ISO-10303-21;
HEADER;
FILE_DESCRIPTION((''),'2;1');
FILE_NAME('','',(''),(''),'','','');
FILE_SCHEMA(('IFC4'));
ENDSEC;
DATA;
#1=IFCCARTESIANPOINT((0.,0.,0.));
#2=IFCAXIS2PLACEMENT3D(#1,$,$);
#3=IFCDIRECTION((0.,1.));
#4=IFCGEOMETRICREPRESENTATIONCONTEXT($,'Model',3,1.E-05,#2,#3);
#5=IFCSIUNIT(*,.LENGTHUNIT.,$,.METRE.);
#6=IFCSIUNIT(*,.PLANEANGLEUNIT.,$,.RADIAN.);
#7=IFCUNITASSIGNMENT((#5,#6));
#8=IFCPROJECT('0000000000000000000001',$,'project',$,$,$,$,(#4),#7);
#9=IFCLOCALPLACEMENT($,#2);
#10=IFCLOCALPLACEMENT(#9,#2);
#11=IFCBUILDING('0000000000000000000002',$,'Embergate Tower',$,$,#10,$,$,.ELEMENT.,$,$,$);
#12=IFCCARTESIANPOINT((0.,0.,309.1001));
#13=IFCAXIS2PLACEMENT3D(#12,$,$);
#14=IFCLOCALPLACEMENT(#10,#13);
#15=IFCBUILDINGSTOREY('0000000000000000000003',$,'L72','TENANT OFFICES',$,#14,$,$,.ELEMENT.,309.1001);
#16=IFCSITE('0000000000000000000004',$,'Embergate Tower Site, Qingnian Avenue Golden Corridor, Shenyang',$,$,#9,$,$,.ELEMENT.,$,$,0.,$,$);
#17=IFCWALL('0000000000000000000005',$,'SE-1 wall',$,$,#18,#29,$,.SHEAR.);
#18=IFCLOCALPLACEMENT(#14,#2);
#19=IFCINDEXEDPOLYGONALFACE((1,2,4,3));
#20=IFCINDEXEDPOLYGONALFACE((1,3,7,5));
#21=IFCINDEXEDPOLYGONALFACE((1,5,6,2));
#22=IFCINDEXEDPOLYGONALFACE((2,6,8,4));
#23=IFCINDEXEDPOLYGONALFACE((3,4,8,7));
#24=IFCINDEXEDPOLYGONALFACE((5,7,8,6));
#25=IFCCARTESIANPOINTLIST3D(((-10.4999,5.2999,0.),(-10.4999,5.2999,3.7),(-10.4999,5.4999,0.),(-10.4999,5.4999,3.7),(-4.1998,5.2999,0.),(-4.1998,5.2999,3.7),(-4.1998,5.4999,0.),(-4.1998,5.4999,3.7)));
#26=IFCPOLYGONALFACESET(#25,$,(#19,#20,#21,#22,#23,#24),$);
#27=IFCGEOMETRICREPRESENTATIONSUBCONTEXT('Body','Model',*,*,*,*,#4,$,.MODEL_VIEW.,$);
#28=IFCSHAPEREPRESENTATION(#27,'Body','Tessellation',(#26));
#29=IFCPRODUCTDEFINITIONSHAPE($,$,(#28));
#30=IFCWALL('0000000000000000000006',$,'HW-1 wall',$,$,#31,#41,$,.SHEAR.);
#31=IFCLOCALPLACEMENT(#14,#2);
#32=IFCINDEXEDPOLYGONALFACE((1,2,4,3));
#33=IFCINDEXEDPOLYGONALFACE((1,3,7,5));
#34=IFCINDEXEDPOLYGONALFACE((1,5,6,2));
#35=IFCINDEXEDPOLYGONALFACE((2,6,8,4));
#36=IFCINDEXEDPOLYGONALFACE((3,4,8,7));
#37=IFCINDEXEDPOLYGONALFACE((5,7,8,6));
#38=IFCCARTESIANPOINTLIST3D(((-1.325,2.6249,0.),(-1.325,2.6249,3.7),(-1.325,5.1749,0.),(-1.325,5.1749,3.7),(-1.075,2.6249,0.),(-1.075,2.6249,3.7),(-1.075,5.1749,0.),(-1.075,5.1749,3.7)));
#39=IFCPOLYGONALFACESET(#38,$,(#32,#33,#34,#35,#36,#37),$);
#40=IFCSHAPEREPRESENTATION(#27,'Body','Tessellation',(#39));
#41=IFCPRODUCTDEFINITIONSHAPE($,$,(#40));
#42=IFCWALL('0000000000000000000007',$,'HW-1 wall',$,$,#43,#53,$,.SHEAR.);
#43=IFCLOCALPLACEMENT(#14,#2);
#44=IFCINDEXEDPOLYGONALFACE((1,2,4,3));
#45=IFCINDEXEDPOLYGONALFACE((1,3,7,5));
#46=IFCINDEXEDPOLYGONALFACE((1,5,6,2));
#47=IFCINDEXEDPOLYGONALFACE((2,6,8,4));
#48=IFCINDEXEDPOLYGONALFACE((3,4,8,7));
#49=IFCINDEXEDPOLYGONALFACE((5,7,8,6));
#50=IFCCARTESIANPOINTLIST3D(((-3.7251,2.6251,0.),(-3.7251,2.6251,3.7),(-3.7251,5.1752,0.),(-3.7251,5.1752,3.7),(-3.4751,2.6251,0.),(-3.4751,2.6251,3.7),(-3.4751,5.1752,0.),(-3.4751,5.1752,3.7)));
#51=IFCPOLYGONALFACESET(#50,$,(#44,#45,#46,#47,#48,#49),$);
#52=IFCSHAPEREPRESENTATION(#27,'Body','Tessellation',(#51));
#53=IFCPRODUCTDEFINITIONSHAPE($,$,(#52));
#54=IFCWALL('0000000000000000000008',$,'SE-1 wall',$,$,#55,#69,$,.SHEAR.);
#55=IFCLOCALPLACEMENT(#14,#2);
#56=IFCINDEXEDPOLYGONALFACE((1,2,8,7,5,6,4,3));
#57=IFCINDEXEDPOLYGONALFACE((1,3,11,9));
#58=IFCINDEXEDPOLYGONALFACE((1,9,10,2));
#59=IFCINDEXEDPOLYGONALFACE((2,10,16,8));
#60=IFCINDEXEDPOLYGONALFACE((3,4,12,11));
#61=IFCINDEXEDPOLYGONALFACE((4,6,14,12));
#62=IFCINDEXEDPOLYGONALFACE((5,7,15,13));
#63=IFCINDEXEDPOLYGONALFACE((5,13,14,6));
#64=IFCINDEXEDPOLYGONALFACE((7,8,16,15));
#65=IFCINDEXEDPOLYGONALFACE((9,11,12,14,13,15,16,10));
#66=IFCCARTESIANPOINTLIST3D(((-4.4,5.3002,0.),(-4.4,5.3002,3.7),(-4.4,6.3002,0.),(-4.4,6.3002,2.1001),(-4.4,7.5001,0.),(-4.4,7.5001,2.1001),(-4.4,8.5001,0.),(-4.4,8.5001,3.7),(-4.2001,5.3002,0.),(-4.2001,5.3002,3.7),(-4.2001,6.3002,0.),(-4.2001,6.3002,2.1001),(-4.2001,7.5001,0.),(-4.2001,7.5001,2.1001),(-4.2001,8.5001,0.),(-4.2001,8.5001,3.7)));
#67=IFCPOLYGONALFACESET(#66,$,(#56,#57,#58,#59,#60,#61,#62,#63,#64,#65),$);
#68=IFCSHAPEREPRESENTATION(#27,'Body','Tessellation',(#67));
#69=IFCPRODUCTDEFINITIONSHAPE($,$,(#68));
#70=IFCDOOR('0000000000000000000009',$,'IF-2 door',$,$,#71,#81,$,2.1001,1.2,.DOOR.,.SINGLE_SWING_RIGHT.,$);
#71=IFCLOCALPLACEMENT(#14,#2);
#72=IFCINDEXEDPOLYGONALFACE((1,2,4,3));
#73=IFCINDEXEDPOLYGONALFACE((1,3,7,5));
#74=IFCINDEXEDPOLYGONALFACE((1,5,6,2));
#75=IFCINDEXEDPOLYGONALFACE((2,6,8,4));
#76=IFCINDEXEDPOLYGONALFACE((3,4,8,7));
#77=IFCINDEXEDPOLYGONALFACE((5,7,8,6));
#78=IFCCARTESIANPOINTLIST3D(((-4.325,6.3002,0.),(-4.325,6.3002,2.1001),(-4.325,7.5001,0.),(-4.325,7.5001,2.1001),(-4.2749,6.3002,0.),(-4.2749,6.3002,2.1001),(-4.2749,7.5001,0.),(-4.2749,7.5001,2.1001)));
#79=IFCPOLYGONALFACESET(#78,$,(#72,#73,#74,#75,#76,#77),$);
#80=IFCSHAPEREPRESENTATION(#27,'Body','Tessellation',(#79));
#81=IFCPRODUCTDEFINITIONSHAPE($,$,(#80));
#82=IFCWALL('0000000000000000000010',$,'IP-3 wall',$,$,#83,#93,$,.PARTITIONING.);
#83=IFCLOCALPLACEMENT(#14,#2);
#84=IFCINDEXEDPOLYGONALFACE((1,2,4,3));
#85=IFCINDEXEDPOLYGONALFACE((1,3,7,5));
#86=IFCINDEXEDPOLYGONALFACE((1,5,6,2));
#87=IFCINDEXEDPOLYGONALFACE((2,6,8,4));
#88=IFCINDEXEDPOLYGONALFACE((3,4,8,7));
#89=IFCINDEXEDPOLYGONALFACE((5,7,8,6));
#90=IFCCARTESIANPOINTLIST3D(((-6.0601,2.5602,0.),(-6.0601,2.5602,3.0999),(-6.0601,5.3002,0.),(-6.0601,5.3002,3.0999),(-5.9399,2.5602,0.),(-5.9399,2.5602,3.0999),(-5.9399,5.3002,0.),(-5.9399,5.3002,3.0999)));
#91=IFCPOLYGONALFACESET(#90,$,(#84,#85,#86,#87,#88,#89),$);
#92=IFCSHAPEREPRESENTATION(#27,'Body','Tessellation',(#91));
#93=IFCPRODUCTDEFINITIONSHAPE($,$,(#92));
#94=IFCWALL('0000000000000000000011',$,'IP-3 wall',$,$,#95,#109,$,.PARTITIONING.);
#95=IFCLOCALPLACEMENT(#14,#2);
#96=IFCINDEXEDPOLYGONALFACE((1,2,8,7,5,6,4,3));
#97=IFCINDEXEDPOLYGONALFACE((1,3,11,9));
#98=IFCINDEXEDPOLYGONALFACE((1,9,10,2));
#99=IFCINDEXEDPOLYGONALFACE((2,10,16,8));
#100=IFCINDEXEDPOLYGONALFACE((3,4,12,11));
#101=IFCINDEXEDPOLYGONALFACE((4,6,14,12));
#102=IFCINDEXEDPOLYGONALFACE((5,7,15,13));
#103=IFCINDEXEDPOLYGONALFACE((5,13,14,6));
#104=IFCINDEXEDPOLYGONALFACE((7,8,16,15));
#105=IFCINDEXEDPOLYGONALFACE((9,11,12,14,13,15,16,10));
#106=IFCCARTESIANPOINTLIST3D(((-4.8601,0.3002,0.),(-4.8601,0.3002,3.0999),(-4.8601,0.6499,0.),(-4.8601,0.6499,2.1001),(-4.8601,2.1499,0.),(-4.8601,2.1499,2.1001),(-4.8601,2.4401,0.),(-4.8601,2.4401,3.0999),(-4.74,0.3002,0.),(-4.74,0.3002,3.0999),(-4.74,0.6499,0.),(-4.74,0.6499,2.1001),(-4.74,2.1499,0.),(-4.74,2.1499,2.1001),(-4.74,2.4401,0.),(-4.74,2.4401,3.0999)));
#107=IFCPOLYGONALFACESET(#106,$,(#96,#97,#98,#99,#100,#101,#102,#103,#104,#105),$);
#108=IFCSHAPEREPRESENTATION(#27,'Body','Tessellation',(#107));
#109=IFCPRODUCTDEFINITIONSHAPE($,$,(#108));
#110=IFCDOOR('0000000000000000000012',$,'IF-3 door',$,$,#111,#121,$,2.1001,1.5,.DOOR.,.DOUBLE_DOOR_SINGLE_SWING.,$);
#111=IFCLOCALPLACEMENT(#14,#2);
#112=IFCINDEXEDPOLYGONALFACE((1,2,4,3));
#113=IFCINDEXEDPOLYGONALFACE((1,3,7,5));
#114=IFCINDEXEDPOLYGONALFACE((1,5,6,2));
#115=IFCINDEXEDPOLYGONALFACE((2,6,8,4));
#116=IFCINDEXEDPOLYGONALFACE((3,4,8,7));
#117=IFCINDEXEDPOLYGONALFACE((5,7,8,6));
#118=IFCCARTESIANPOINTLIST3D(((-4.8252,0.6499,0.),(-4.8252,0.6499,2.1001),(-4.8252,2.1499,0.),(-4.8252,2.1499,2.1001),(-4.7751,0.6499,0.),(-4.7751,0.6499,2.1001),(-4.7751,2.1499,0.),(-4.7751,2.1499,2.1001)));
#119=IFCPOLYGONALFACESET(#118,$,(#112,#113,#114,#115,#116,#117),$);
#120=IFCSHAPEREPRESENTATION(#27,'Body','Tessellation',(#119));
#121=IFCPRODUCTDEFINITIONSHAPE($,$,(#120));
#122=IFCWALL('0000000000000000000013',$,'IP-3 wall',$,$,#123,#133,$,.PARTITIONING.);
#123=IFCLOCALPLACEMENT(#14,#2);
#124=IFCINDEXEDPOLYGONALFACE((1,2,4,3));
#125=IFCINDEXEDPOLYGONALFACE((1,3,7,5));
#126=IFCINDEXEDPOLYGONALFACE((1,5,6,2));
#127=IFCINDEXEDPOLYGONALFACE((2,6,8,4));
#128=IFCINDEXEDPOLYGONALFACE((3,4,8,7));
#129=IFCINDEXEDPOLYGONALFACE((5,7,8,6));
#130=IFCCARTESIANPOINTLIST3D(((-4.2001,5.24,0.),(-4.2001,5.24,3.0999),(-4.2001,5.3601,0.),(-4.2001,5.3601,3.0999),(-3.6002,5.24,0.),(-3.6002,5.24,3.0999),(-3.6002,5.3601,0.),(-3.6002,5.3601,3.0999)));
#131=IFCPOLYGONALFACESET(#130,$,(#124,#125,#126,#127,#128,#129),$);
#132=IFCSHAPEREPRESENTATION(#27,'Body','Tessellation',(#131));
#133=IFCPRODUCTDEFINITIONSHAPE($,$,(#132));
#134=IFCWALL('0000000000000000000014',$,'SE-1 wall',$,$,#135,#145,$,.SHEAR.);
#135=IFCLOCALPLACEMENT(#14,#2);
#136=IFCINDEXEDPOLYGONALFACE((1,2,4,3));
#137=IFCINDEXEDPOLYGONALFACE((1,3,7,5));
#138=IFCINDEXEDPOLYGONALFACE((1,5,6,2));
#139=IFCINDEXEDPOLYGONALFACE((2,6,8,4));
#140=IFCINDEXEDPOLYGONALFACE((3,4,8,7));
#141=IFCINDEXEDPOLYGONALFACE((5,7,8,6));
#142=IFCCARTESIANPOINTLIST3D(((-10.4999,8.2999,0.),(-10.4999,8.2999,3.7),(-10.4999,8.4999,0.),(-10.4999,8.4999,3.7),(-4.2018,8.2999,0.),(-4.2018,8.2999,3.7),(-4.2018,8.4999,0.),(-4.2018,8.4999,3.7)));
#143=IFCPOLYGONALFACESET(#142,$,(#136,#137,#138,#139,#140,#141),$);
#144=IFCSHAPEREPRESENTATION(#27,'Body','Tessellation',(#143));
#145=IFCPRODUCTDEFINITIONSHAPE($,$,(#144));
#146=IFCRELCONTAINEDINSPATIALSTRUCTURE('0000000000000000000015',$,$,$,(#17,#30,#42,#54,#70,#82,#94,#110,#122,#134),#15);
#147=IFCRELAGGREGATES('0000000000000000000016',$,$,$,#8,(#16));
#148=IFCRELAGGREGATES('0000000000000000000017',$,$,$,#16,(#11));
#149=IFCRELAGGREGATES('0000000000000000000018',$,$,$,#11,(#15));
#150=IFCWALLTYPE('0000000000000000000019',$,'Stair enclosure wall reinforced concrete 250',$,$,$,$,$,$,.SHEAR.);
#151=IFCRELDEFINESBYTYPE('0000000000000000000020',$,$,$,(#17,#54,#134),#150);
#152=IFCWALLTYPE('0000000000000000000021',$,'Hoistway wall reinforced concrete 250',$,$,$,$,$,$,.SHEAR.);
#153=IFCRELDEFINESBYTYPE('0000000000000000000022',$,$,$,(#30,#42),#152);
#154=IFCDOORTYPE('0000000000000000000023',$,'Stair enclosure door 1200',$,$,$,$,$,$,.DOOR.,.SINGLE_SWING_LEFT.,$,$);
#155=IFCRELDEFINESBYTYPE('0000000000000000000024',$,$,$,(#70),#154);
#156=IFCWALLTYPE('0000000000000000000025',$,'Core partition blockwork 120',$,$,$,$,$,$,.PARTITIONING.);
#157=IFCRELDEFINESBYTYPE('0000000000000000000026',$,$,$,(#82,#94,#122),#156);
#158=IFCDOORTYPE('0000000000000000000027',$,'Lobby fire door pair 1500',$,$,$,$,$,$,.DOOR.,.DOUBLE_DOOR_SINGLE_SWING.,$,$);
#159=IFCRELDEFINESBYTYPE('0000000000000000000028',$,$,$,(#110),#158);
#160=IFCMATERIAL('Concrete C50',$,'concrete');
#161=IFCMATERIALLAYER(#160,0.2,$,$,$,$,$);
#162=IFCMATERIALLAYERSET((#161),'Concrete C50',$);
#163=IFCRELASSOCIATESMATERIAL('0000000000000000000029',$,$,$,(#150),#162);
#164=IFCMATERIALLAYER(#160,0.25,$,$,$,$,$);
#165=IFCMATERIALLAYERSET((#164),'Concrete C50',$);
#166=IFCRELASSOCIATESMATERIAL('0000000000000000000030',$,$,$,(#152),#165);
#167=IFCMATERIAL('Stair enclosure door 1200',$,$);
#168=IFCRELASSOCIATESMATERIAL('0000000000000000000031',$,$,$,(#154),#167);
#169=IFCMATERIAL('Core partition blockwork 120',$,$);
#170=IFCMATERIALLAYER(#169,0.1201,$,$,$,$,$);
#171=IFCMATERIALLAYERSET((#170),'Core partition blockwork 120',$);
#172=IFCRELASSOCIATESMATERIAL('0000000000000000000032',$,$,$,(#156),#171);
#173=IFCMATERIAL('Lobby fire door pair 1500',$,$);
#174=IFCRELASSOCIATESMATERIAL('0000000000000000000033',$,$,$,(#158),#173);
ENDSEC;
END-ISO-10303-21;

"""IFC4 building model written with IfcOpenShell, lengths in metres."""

from ifc_helpers import new_model, si_unit, direction, frame, frame_2d, origin, place, context, subcontext, project, spatial, rectangle, extrude, source, transform, mapped, material, layer, layer_set, type_object, element, fill, save


model = new_model("IFC4")

# Units and contexts
model_context = context("Model", 3, precision=1e-05, world=origin(), true_north=direction((0.0, 1.0)))
body_context = subcontext(model_context, "Body", "Model", "MODEL_VIEW")
ifc_project = project(units=[si_unit("LENGTHUNIT", "METRE"), si_unit("PLANEANGLEUNIT", "RADIAN")], contexts=[model_context])

# Site, building, storey
site_placement = place(None, origin())
site = spatial("IfcSite", under=ifc_project, at=site_placement, Name="Embergate Tower Site, Qingnian Avenue Golden Corridor, Shenyang", CompositionType="ELEMENT", RefElevation=0.0)
building_placement = place(site_placement, origin())
building = spatial("IfcBuilding", under=site, at=building_placement, Name="Embergate Tower", CompositionType="ELEMENT")
storey_placement = place(building_placement, frame((0.0, 0.0, 309.1001)))
storey = spatial("IfcBuildingStorey", under=building, at=storey_placement, Name="L72", Description="TENANT OFFICES", CompositionType="ELEMENT", Elevation=309.1001)

# Walls
ifc_material_1 = material(Name="Concrete C50", Category="concrete")
ifc_layer_1 = layer(ifc_material_1, 0.2)
ifc_layer_set_1 = layer_set([ifc_layer_1], Name="Concrete C50")
wall_type_1 = type_object("IfcWallType", Name="Stair enclosure wall reinforced concrete 250", PredefinedType="SHEAR", material=ifc_layer_set_1)
shared_shape_1 = source(origin(), body_context, "Body", "SweptSolid", [
    extrude(rectangle(XDim=6.3, YDim=0.2, at=frame_2d((3.1499, 0.0))), origin(), (0.0, 0.0, 1.0), 3.7),
])
wall_1_placement = place(storey_placement, frame((-4.2, 5.3999, 0.0), z_axis=(0.0, 0.0, 1.0), x_axis=(-1.0, 0.0, 0.0)))
element("IfcWall", 1, at=wall_1_placement, inside=storey, type_object=wall_type_1, Name="SE-1 wall", PredefinedType="SHEAR", context=body_context, shape_type="MappedRepresentation", body=[
    mapped(shared_shape_1, transform((0.0, 0.0, 0.0))),
])
ifc_layer_2 = layer(ifc_material_1, 0.25)
ifc_layer_set_2 = layer_set([ifc_layer_2], Name="Concrete C50")
wall_type_2 = type_object("IfcWallType", Name="Hoistway wall reinforced concrete 250", PredefinedType="SHEAR", material=ifc_layer_set_2)
shared_shape_2 = source(origin(), body_context, "Body", "SweptSolid", [
    extrude(rectangle(XDim=2.55, YDim=0.25, at=frame_2d((1.2749, 0.0))), origin(), (0.0, 0.0, 1.0), 3.7),
])
for number, where, z_axis, x_axis, name in (
    (2, (-1.2, 2.625, 0.0), (0.0, 0.0, 1.0), (0.0, 1.0, 0.0), "HW-1 wall"),
    (3, (-3.6001, 5.175, 0.0), (0.0, 0.0, 1.0), (0.0, -1.0, 0.0), "HW-1 wall"),
):
    element("IfcWall", number, at=place(storey_placement, frame(where, z_axis=z_axis, x_axis=x_axis)), inside=storey, type_object=wall_type_2, Name=name, PredefinedType="SHEAR", context=body_context, shape_type="MappedRepresentation", body=[
        mapped(shared_shape_2, transform((0.0, 0.0, 0.0))),
    ])

# Wall, opening, door
shared_shape_3 = source(origin(), body_context, "Body", "SweptSolid", [
    extrude(rectangle(XDim=3.2, YDim=0.2, at=frame_2d((1.6001, 0.0))), origin(), (0.0, 0.0, 1.0), 3.7),
])
wall_2_placement = place(storey_placement, frame((-4.3, 5.3, 0.0), z_axis=(0.0, 0.0, 1.0), x_axis=(0.0, 1.0, 0.0)))
wall_2 = element("IfcWall", 4, at=wall_2_placement, inside=storey, type_object=wall_type_1, Name="SE-1 wall", PredefinedType="SHEAR", context=body_context, shape_type="MappedRepresentation", body=[
    mapped(shared_shape_3, transform((0.0, 0.0, 0.0))),
])
shared_shape_4 = source(origin(), body_context, "Body", "SweptSolid", [
    extrude(rectangle(XDim=1.2, YDim=2.1001, at=frame_2d((0.6001, 1.05))), frame((0.0, 0.1099, 0.0), z_axis=(0.0, -1.0, 0.0), x_axis=(1.0, 0.0, 0.0)), (0.0, 0.0, 1.0), 0.22),
])
opening_1_placement = place(wall_2_placement, frame((1.0, 0.0, 0.0)))
opening_1 = element("IfcOpeningElement", 5, at=opening_1_placement, cuts=wall_2, PredefinedType="OPENING", context=body_context, shape_type="MappedRepresentation", body=[
    mapped(shared_shape_4, transform((0.0, 0.0, 0.0))),
])
ifc_material_2 = material(Name="Stair enclosure door 1200")
door_type_1 = type_object("IfcDoorType", Name="Stair enclosure door 1200", OperationType="SINGLE_SWING_LEFT", PredefinedType="DOOR", material=ifc_material_2)
shared_shape_5 = source(origin(), body_context, "Body", "SweptSolid", [
    extrude(rectangle(XDim=1.2, YDim=2.1001, at=frame_2d((0.6001, 1.05))), frame((0.0, 0.0249, 0.0), z_axis=(0.0, -1.0, 0.0), x_axis=(1.0, 0.0, 0.0)), (0.0, 0.0, 1.0), 0.05),
])
door_1_placement = place(opening_1_placement, origin())
door_1 = element("IfcDoor", 6, at=door_1_placement, inside=storey, type_object=door_type_1, Name="IF-2 door", OperationType="SINGLE_SWING_RIGHT", OverallHeight=2.1001, OverallWidth=1.2, PredefinedType="DOOR", context=body_context, shape_type="MappedRepresentation", body=[
    mapped(shared_shape_5, transform((0.0, 0.0, 0.0))),
])
fill(opening_1, door_1)

# Wall
ifc_material_3 = material(Name="Core partition blockwork 120")
ifc_layer_3 = layer(ifc_material_3, 0.1201)
ifc_layer_set_3 = layer_set([ifc_layer_3], Name="Core partition blockwork 120")
wall_type_3 = type_object("IfcWallType", Name="Core partition blockwork 120", PredefinedType="PARTITIONING", material=ifc_layer_set_3)
shared_shape_6 = source(origin(), body_context, "Body", "SweptSolid", [
    extrude(rectangle(XDim=2.74, YDim=0.1201, at=frame_2d((1.3701, 0.0))), origin(), (0.0, 0.0, 1.0), 3.0999),
])
wall_3_placement = place(storey_placement, frame((-6.0, 2.5601, 0.0), z_axis=(0.0, 0.0, 1.0), x_axis=(0.0, 1.0, 0.0)))
element("IfcWall", 7, at=wall_3_placement, inside=storey, type_object=wall_type_3, Name="IP-3 wall", PredefinedType="PARTITIONING", context=body_context, shape_type="MappedRepresentation", body=[
    mapped(shared_shape_6, transform((0.0, 0.0, 0.0))),
])

# Wall, opening, door
shared_shape_7 = source(origin(), body_context, "Body", "SweptSolid", [
    extrude(rectangle(XDim=2.1399, YDim=0.1201, at=frame_2d((1.0698, 0.0))), origin(), (0.0, 0.0, 1.0), 3.0999),
])
wall_4_placement = place(storey_placement, frame((-4.8, 2.4399, 0.0), z_axis=(0.0, 0.0, 1.0), x_axis=(0.0, -1.0, 0.0)))
wall_4 = element("IfcWall", 8, at=wall_4_placement, inside=storey, type_object=wall_type_3, Name="IP-3 wall", PredefinedType="PARTITIONING", context=body_context, shape_type="MappedRepresentation", body=[
    mapped(shared_shape_7, transform((0.0, 0.0, 0.0))),
])
shared_shape_8 = source(origin(), body_context, "Body", "SweptSolid", [
    extrude(rectangle(XDim=1.5, YDim=2.1001, at=frame_2d((0.75, 1.05))), frame((0.0, 0.0701, 0.0), z_axis=(0.0, -1.0, 0.0), x_axis=(1.0, 0.0, 0.0)), (0.0, 0.0, 1.0), 0.1401),
])
opening_2_placement = place(wall_4_placement, frame((0.29, 0.0, 0.0)))
opening_2 = element("IfcOpeningElement", 9, at=opening_2_placement, cuts=wall_4, PredefinedType="OPENING", context=body_context, shape_type="MappedRepresentation", body=[
    mapped(shared_shape_8, transform((0.0, 0.0, 0.0))),
])
ifc_material_4 = material(Name="Lobby fire door pair 1500")
door_type_2 = type_object("IfcDoorType", Name="Lobby fire door pair 1500", OperationType="DOUBLE_DOOR_SINGLE_SWING", PredefinedType="DOOR", material=ifc_material_4)
shared_shape_9 = source(origin(), body_context, "Body", "SweptSolid", [
    extrude(rectangle(XDim=1.5, YDim=2.1001, at=frame_2d((0.75, 1.05))), frame((0.0, 0.0249, 0.0), z_axis=(0.0, -1.0, 0.0), x_axis=(1.0, 0.0, 0.0)), (0.0, 0.0, 1.0), 0.05),
])
door_2_placement = place(opening_2_placement, origin())
door_2 = element("IfcDoor", 10, at=door_2_placement, inside=storey, type_object=door_type_2, Name="IF-3 door", OperationType="DOUBLE_DOOR_SINGLE_SWING", OverallHeight=2.1001, OverallWidth=1.5, PredefinedType="DOOR", context=body_context, shape_type="MappedRepresentation", body=[
    mapped(shared_shape_9, transform((0.0, 0.0, 0.0))),
])
fill(opening_2, door_2)

# Walls
shared_shape_10 = source(origin(), body_context, "Body", "SweptSolid", [
    extrude(rectangle(XDim=0.5999, YDim=0.1201, at=frame_2d((0.2998, 0.0))), origin(), (0.0, 0.0, 1.0), 3.0999),
])
wall_5_placement = place(storey_placement, frame((-4.2, 5.3, 0.0), z_axis=(0.0, 0.0, 1.0), x_axis=(1.0, 0.0, 0.0)))
element("IfcWall", 11, at=wall_5_placement, inside=storey, type_object=wall_type_3, Name="IP-3 wall", PredefinedType="PARTITIONING", context=body_context, shape_type="MappedRepresentation", body=[
    mapped(shared_shape_10, transform((0.0, 0.0, 0.0))),
])
shared_shape_11 = source(origin(), body_context, "Body", "SweptSolid", [
    extrude(rectangle(XDim=6.2981, YDim=0.2, at=frame_2d((3.1489, 0.0))), origin(), (0.0, 0.0, 1.0), 3.7),
])
wall_6_placement = place(storey_placement, frame((-4.2019, 8.3999, 0.0), z_axis=(0.0, 0.0, 1.0), x_axis=(-1.0, 0.0, 0.0)))
element("IfcWall", 12, at=wall_6_placement, inside=storey, type_object=wall_type_1, Name="SE-1 wall", PredefinedType="SHEAR", context=body_context, shape_type="MappedRepresentation", body=[
    mapped(shared_shape_11, transform((0.0, 0.0, 0.0))),
])

save(model, "model.ifc")
